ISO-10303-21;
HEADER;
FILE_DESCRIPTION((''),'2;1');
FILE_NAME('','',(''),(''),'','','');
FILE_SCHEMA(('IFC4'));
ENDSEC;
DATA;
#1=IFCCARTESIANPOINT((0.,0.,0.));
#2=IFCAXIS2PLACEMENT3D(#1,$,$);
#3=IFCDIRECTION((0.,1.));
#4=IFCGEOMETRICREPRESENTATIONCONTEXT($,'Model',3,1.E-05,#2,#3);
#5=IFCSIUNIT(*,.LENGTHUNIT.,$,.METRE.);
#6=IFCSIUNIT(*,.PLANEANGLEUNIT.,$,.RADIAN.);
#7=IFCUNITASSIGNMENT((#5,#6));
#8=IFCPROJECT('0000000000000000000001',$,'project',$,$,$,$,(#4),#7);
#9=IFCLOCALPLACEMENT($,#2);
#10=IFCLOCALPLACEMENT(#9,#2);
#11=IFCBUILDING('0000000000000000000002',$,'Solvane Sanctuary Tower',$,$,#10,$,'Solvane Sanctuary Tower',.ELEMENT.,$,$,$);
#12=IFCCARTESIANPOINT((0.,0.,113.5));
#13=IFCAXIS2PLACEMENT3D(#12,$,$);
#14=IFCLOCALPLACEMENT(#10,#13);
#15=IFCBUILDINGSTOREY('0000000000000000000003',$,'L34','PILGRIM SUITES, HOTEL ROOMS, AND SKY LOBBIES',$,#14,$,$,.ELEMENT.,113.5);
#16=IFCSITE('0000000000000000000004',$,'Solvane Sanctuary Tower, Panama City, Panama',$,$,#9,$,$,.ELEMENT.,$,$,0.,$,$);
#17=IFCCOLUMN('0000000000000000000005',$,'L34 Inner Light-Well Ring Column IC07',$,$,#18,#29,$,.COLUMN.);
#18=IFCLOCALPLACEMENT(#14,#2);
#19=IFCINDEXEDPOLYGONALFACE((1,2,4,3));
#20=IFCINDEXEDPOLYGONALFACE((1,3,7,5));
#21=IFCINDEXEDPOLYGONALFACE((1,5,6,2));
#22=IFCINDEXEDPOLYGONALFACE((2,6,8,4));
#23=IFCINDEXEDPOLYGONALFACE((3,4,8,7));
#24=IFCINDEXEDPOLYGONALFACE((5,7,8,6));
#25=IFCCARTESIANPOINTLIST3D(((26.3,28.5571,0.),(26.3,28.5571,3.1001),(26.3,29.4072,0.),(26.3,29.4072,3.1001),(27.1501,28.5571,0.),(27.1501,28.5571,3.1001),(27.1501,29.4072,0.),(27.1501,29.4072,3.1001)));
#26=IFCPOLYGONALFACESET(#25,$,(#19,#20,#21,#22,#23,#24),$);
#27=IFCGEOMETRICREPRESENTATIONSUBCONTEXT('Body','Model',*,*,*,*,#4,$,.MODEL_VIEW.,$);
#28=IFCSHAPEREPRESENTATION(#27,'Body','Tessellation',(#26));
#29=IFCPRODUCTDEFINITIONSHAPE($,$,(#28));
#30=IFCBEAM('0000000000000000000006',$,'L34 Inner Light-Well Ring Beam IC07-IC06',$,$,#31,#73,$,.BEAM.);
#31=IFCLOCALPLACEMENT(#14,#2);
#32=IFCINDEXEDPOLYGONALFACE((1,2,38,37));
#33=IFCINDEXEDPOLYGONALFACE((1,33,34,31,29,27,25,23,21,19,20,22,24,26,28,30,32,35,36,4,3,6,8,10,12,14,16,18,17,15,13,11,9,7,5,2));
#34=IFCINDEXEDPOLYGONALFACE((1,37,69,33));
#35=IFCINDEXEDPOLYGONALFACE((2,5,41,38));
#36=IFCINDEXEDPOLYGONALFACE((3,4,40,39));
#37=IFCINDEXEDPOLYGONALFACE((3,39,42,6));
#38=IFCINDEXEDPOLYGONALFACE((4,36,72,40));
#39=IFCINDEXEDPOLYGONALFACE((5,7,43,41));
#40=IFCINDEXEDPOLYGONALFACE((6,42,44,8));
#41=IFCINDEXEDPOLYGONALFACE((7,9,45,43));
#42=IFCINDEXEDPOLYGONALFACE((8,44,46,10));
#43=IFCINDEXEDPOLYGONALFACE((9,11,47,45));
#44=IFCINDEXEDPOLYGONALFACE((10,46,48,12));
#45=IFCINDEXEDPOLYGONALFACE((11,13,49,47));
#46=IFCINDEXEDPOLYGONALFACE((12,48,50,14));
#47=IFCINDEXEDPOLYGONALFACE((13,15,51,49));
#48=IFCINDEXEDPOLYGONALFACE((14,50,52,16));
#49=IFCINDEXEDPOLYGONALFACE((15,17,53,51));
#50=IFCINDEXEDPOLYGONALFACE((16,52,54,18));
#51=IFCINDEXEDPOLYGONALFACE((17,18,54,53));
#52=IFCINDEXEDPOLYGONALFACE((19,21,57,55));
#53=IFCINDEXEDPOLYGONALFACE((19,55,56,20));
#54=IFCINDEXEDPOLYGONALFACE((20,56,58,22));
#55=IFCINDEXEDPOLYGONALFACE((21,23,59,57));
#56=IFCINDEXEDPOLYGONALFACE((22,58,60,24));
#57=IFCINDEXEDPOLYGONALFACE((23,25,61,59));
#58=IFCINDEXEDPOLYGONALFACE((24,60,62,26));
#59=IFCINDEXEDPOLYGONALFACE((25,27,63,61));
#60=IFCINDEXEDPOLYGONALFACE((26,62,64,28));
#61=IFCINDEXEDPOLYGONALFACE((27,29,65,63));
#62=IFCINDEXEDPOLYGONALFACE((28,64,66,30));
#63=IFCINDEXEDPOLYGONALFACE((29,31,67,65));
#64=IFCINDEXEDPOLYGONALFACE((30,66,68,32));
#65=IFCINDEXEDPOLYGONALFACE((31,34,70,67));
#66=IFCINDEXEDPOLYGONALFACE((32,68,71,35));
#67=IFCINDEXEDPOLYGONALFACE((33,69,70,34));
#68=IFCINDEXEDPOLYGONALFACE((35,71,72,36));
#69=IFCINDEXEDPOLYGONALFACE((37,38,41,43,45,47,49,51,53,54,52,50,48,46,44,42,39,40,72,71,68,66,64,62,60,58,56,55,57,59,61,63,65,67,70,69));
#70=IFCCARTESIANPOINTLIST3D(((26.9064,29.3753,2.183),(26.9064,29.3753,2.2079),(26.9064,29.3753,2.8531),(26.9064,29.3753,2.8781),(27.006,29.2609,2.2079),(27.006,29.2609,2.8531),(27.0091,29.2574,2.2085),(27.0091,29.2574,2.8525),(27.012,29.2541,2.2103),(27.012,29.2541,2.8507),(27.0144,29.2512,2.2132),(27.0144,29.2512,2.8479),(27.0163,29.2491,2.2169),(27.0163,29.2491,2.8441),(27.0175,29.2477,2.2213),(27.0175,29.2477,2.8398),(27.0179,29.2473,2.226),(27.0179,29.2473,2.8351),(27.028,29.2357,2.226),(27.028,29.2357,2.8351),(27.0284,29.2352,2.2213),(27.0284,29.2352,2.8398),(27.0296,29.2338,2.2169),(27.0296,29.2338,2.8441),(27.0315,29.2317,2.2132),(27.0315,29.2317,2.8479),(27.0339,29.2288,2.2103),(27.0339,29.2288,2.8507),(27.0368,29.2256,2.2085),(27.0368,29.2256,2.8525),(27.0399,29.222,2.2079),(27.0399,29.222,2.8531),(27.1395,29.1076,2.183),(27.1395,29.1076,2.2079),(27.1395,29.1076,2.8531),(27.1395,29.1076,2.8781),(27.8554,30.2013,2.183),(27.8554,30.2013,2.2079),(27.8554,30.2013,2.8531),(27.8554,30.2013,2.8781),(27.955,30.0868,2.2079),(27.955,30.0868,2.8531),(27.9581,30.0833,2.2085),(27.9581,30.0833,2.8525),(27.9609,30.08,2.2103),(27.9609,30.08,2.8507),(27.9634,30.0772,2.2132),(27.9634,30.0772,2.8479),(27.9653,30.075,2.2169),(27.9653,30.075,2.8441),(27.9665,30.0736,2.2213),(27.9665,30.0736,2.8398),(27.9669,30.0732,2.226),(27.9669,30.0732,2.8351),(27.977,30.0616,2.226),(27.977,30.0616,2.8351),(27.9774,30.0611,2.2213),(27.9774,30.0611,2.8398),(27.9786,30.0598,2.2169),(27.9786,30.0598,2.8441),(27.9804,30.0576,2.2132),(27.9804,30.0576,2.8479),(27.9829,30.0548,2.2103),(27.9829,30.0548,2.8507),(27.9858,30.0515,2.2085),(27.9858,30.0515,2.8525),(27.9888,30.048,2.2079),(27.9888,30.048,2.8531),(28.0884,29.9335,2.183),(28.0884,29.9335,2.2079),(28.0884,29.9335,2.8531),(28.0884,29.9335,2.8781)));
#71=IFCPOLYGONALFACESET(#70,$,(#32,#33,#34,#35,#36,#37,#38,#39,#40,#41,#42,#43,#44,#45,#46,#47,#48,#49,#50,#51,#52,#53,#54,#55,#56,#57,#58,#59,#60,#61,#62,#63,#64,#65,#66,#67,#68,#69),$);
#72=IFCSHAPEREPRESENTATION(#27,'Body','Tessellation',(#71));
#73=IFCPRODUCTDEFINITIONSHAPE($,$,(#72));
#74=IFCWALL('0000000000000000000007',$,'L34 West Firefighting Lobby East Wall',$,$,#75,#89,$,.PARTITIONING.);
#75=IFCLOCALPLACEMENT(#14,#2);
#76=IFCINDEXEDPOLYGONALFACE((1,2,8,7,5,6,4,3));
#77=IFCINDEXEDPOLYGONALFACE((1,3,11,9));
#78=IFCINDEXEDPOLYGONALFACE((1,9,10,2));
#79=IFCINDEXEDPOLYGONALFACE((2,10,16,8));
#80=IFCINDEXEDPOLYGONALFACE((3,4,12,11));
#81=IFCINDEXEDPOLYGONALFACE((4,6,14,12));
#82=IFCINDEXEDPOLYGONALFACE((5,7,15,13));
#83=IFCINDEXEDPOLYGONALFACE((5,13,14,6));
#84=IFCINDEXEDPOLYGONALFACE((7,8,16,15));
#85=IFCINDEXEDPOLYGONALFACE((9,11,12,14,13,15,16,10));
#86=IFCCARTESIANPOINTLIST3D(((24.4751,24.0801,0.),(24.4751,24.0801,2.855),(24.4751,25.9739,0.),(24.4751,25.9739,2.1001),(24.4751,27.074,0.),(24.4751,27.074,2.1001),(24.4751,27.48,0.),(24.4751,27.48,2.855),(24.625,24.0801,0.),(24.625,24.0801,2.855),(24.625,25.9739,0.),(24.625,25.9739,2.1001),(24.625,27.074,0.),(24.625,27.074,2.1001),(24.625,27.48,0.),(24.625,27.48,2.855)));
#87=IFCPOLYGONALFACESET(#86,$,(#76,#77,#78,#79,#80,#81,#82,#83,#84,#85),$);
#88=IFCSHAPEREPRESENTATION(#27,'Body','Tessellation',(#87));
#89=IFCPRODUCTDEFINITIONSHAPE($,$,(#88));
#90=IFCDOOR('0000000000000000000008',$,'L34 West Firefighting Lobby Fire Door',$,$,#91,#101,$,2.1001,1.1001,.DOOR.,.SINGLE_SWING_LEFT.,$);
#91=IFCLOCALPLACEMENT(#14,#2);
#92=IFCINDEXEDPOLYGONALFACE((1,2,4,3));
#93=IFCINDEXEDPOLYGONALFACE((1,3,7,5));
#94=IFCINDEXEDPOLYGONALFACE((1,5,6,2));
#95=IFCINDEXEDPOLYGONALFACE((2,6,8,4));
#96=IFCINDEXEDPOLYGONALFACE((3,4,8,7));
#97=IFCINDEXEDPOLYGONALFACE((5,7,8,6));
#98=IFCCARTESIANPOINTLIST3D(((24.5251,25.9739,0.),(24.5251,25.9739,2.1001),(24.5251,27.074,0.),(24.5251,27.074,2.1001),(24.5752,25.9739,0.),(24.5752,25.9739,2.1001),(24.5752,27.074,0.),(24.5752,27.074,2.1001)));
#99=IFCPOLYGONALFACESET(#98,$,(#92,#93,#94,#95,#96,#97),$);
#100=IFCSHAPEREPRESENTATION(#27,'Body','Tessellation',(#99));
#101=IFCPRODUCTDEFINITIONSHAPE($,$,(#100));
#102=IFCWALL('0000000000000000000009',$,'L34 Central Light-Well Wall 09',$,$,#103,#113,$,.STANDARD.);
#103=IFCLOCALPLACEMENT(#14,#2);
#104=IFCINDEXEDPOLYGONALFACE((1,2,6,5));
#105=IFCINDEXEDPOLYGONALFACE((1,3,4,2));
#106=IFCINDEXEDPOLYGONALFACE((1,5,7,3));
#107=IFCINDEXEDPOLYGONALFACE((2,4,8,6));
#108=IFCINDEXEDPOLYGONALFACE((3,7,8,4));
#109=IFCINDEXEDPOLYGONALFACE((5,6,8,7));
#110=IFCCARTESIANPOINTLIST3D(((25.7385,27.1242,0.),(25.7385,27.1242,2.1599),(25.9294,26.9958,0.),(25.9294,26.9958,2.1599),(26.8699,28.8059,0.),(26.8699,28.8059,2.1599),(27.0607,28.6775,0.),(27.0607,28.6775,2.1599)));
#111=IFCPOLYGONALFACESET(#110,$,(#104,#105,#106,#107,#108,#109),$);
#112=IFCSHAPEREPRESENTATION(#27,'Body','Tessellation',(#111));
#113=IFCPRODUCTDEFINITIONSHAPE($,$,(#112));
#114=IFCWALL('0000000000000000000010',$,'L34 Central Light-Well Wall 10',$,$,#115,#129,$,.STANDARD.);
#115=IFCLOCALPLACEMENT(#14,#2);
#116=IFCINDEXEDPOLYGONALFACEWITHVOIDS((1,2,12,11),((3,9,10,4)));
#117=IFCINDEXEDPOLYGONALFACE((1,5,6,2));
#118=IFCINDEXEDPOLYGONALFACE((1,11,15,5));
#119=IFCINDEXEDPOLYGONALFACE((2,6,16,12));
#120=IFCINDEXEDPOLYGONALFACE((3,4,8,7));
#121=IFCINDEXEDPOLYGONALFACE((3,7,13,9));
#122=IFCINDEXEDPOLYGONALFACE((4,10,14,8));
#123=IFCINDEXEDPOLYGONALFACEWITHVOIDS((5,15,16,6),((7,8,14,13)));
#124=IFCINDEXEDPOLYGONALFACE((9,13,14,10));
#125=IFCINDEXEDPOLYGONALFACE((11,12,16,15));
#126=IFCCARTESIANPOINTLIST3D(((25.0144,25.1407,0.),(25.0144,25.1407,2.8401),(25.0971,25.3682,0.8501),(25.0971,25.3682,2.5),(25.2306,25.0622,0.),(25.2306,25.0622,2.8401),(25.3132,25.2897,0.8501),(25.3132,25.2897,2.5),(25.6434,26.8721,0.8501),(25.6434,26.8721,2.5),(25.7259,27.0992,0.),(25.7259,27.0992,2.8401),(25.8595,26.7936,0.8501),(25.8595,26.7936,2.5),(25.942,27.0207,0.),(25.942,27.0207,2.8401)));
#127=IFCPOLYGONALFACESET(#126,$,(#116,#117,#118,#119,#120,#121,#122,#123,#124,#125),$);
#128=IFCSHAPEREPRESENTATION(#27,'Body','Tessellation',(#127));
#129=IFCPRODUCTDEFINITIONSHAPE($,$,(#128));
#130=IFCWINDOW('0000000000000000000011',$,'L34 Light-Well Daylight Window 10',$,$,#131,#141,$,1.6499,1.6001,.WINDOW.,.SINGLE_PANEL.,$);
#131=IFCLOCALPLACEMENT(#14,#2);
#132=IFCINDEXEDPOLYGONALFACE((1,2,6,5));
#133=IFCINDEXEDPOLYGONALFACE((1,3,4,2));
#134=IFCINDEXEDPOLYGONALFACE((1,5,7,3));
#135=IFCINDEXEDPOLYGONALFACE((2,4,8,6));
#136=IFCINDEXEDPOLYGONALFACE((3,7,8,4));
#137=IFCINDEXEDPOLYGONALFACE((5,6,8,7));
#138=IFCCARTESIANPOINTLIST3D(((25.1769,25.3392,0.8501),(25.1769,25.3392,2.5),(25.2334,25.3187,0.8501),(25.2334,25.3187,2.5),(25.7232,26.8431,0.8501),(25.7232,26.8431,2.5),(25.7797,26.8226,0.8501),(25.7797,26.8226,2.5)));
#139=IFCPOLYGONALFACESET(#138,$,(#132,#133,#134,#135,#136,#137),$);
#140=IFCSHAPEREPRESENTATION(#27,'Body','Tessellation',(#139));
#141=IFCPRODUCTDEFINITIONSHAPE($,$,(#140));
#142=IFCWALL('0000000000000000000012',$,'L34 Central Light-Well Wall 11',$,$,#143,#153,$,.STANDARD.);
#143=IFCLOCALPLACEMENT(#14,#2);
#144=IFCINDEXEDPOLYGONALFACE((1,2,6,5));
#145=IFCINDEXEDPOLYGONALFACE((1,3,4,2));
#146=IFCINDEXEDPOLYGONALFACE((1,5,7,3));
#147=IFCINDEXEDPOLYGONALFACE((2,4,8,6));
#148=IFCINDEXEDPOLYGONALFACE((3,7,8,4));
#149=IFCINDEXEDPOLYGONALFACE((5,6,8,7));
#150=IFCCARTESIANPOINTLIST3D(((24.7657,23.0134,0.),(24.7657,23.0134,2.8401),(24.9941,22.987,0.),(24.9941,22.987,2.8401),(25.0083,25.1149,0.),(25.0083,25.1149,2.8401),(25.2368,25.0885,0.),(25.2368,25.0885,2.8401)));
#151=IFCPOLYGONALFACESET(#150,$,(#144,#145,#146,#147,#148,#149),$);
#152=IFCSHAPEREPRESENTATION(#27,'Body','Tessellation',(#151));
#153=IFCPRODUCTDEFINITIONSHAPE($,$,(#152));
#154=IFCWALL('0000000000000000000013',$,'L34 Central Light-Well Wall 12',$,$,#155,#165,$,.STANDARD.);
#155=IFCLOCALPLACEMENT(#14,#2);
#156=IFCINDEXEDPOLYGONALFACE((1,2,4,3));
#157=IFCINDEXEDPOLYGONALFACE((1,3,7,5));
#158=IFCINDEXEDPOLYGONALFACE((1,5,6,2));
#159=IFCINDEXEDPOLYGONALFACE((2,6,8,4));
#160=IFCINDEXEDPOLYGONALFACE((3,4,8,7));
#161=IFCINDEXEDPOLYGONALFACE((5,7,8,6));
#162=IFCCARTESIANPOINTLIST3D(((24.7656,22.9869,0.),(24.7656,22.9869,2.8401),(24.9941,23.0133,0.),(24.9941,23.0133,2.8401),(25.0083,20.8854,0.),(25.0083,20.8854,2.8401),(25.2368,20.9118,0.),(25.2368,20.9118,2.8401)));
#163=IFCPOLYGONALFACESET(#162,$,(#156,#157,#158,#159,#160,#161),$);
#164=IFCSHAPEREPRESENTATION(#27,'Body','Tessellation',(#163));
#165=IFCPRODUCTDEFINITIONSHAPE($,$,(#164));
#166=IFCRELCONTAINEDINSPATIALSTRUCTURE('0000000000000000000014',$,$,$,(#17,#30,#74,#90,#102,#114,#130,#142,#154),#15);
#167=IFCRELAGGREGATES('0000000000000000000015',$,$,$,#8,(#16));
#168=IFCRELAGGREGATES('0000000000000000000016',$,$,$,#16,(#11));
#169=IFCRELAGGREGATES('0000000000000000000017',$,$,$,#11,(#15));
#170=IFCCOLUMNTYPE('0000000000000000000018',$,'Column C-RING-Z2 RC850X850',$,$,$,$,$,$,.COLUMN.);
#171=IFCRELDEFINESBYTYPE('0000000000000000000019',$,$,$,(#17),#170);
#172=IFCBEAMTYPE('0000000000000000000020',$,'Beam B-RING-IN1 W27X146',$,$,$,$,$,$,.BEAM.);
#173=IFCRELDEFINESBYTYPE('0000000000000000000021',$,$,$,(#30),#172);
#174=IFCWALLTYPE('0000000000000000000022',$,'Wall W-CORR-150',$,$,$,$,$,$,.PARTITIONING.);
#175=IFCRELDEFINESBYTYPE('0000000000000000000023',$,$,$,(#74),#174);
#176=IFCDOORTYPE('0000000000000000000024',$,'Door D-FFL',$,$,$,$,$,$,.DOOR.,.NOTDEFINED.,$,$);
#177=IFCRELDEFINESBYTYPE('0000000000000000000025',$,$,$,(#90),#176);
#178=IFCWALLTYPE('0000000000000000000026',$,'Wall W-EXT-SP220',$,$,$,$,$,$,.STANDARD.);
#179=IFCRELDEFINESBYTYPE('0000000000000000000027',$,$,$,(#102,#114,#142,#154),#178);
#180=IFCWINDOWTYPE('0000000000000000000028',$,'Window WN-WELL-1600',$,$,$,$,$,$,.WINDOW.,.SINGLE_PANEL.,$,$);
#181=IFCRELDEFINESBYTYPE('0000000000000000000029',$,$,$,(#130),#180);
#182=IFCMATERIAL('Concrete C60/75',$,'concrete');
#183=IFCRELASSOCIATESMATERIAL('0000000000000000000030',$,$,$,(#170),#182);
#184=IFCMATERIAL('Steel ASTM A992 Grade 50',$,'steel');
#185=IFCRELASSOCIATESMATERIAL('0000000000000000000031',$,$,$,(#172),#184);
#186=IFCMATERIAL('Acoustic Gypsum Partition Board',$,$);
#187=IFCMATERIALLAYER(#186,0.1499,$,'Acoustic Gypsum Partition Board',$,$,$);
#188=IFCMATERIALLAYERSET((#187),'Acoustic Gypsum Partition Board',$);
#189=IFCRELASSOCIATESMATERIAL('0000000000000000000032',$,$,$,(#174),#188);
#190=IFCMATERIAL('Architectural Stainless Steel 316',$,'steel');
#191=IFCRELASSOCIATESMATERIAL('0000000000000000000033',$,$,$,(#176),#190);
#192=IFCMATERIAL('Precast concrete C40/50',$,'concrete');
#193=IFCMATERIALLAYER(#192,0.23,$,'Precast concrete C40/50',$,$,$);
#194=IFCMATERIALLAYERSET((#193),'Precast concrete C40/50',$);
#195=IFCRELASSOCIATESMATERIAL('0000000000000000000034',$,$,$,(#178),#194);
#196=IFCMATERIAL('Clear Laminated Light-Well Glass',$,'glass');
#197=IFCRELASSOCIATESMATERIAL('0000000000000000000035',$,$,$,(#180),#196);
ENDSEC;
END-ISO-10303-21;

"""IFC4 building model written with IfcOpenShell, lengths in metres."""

from ifc_helpers import new_model, si_unit, direction, frame, frame_2d, origin, origin_2d, place, context, subcontext, project, spatial, rectangle, i_section, extrude, material, layer, layer_set, material_profile, profile_set, type_object, element, fill, save


model = new_model("IFC4")

# Units and contexts
model_context = context("Model", 3, precision=1e-05, world=origin(), true_north=direction((0.0, 1.0)))
body_context = subcontext(model_context, "Body", "Model", "MODEL_VIEW")
ifc_project = project(units=[si_unit("LENGTHUNIT", "METRE"), si_unit("PLANEANGLEUNIT", "RADIAN")], contexts=[model_context])

# Site, building, storey
site_placement = place(None, origin())
site = spatial("IfcSite", under=ifc_project, at=site_placement, Name="Solvane Sanctuary Tower, Panama City, Panama", CompositionType="ELEMENT", RefElevation=0.0)
building_placement = place(site_placement, origin())
building = spatial("IfcBuilding", under=site, at=building_placement, Name="Solvane Sanctuary Tower", LongName="Solvane Sanctuary Tower", CompositionType="ELEMENT")
storey_placement = place(building_placement, frame((0.0, 0.0, 113.5)))
storey = spatial("IfcBuildingStorey", under=building, at=storey_placement, Name="L34", Description="PILGRIM SUITES, HOTEL ROOMS, AND SKY LOBBIES", CompositionType="ELEMENT", Elevation=113.5)

# Column
ifc_material_1 = material(Name="Concrete C60/75", Category="concrete")
ifc_material_profile_1 = material_profile(ifc_material_1, rectangle(XDim=0.8501, YDim=0.8501, at=origin_2d()), Name="RC850X850")
ifc_profile_set_1 = profile_set([ifc_material_profile_1], Name="Concrete C60/75")
column_type = type_object("IfcColumnType", Name="Column C-RING-Z2 RC850X850", PredefinedType="COLUMN", material=ifc_profile_set_1)
column_placement = place(storey_placement, frame((26.7251, 28.9822, 0.0), z_axis=(0.0, 0.0, 1.0), x_axis=(1.0, 0.0, 0.0)))
element("IfcColumn", 1, at=column_placement, inside=storey, type_object=column_type, Name="L34 Inner Light-Well Ring Column IC07", PredefinedType="COLUMN", context=body_context, shape_type="SweptSolid", body=[
    extrude(rectangle(XDim=0.8501, YDim=0.8501, at=origin_2d()), origin(), (0.0, 0.0, 1.0), 3.1001),
])

# Beam
ifc_material_2 = material(Name="Steel ASTM A992 Grade 50", Category="steel")
ifc_material_profile_2 = material_profile(ifc_material_2, i_section(OverallWidth=0.355, OverallDepth=0.6951, WebThickness=0.0154, FlangeThickness=0.0249, FilletRadius=0.0181, at=origin_2d()), Name="W27X146")
ifc_profile_set_2 = profile_set([ifc_material_profile_2], Name="Steel ASTM A992 Grade 50")
beam_type = type_object("IfcBeamType", Name="Beam B-RING-IN1 W27X146", PredefinedType="BEAM", material=ifc_profile_set_2)
beam_placement = place(storey_placement, frame((27.0229, 29.2415, 2.5305), z_axis=(0.754317, 0.65651, 0.0), x_axis=(-0.65651, 0.754317, 0.0)))
element("IfcBeam", 2, at=beam_placement, inside=storey, type_object=beam_type, Name="L34 Inner Light-Well Ring Beam IC07-IC06", PredefinedType="BEAM", context=body_context, shape_type="SweptSolid", body=[
    extrude(i_section(OverallWidth=0.355, OverallDepth=0.6951, WebThickness=0.0154, FlangeThickness=0.0249, FilletRadius=0.0181, at=origin_2d()), origin(), (0.0, 0.0, 1.0), 1.2581),
])

# Wall, opening, door
ifc_material_3 = material(Name="Acoustic Gypsum Partition Board")
ifc_layer_1 = layer(ifc_material_3, 0.1499, Name="Acoustic Gypsum Partition Board")
ifc_layer_set_1 = layer_set([ifc_layer_1], Name="Acoustic Gypsum Partition Board")
wall_type_1 = type_object("IfcWallType", Name="Wall W-CORR-150", PredefinedType="PARTITIONING", material=ifc_layer_set_1)
wall_1_placement = place(storey_placement, frame((24.55, 24.0801, 0.0), z_axis=(0.0, 0.0, 1.0), x_axis=(0.0, 1.0, 0.0)))
wall_1 = element("IfcWall", 3, at=wall_1_placement, inside=storey, type_object=wall_type_1, Name="L34 West Firefighting Lobby East Wall", PredefinedType="PARTITIONING", context=body_context, shape_type="SweptSolid", body=[
    extrude(rectangle(XDim=3.3999, YDim=0.1499, at=frame_2d((1.7, 0.0))), origin(), (0.0, 0.0, 1.0), 2.855),
])
opening_1_placement = place(wall_1_placement, frame((1.8938, 0.0, 0.0)))
opening_1 = element("IfcOpeningElement", 4, at=opening_1_placement, cuts=wall_1, PredefinedType="OPENING", context=body_context, shape_type="SweptSolid", body=[
    extrude(rectangle(XDim=1.1001, YDim=2.1001, at=frame_2d((0.55, 1.05))), frame((0.0, 0.085, 0.0), z_axis=(0.0, -1.0, 0.0), x_axis=(1.0, 0.0, 0.0)), (0.0, 0.0, 1.0), 0.1699),
])
ifc_material_4 = material(Name="Architectural Stainless Steel 316", Category="steel")
door_type_1 = type_object("IfcDoorType", Name="Door D-FFL", OperationType="NOTDEFINED", PredefinedType="DOOR", material=ifc_material_4)
door_1_placement = place(opening_1_placement, origin())
door_1 = element("IfcDoor", 5, at=door_1_placement, inside=storey, type_object=door_type_1, Name="L34 West Firefighting Lobby Fire Door", OperationType="SINGLE_SWING_LEFT", OverallHeight=2.1001, OverallWidth=1.1001, PredefinedType="DOOR", context=body_context, shape_type="SweptSolid", body=[
    extrude(rectangle(XDim=1.1001, YDim=2.1001, at=frame_2d((0.55, 1.05))), frame((0.0, 0.0249, 0.0), z_axis=(0.0, -1.0, 0.0), x_axis=(1.0, 0.0, 0.0)), (0.0, 0.0, 1.0), 0.05),
])
fill(opening_1, door_1)

# Wall
ifc_material_5 = material(Name="Precast concrete C40/50", Category="concrete")
ifc_layer_2 = layer(ifc_material_5, 0.23, Name="Precast concrete C40/50")
ifc_layer_set_2 = layer_set([ifc_layer_2], Name="Precast concrete C40/50")
wall_type_2 = type_object("IfcWallType", Name="Wall W-EXT-SP220", PredefinedType="STANDARD", material=ifc_layer_set_2)
wall_2_placement = place(storey_placement, frame((26.9653, 28.7417, 0.0), z_axis=(0.0, 0.0, 1.0), x_axis=(-0.558198, -0.829708, 0.0)))
element("IfcWall", 6, at=wall_2_placement, inside=storey, type_object=wall_type_2, Name="L34 Central Light-Well Wall 09", PredefinedType="STANDARD", context=body_context, shape_type="SweptSolid", body=[
    extrude(rectangle(XDim=2.0269, YDim=0.23, at=frame_2d((1.0134, 0.0))), origin(), (0.0, 0.0, 1.0), 2.1599),
])

# Wall, opening, window
wall_3_placement = place(storey_placement, frame((25.834, 27.0601, 0.0), z_axis=(0.0, 0.0, 1.0), x_axis=(-0.341423, -0.93991, 0.0)))
wall_3 = element("IfcWall", 7, at=wall_3_placement, inside=storey, type_object=wall_type_2, Name="L34 Central Light-Well Wall 10", PredefinedType="STANDARD", context=body_context, shape_type="SweptSolid", body=[
    extrude(rectangle(XDim=2.0837, YDim=0.23, at=frame_2d((1.042, 0.0))), origin(), (0.0, 0.0, 1.0), 2.8401),
])
opening_2_placement = place(wall_3_placement, frame((0.2417, 0.0, 0.8501)))
opening_2 = element("IfcOpeningElement", 8, at=opening_2_placement, cuts=wall_3, PredefinedType="OPENING", context=body_context, shape_type="SweptSolid", body=[
    extrude(rectangle(XDim=1.6001, YDim=1.6499, at=frame_2d((0.8, 0.825))), frame((0.0, 0.125, 0.0), z_axis=(0.0, -1.0, 0.0), x_axis=(1.0, 0.0, 0.0)), (0.0, 0.0, 1.0), 0.25),
])
ifc_material_6 = material(Name="Clear Laminated Light-Well Glass", Category="glass")
window_type = type_object("IfcWindowType", Name="Window WN-WELL-1600", PartitioningType="SINGLE_PANEL", PredefinedType="WINDOW", material=ifc_material_6)
window_placement = place(opening_2_placement, origin())
window = element("IfcWindow", 9, at=window_placement, inside=storey, type_object=window_type, Name="L34 Light-Well Daylight Window 10", OverallHeight=1.6499, OverallWidth=1.6001, PartitioningType="SINGLE_PANEL", PredefinedType="WINDOW", context=body_context, shape_type="SweptSolid", body=[
    extrude(rectangle(XDim=1.6001, YDim=1.6499, at=frame_2d((0.8, 0.825))), frame((0.0, 0.03, 0.0), z_axis=(0.0, -1.0, 0.0), x_axis=(1.0, 0.0, 0.0)), (0.0, 0.0, 1.0), 0.0601),
])
fill(opening_2, window)

# Walls
for number, where, z_axis, x_axis, name in (
    (10, (25.1226, 25.1016, 0.0), (0.0, 0.0, 1.0), (-0.114712, -0.993399, 0.0), "L34 Central Light-Well Wall 11"),
    (11, (24.8799, 23.0, 0.0), (0.0, 0.0, 1.0), (0.114712, -0.993399, 0.0), "L34 Central Light-Well Wall 12"),
):
    element("IfcWall", number, at=place(storey_placement, frame(where, z_axis=z_axis, x_axis=x_axis)), inside=storey, type_object=wall_type_2, Name=name, PredefinedType="STANDARD", context=body_context, shape_type="SweptSolid", body=[
        extrude(rectangle(XDim=2.1155, YDim=0.23, at=frame_2d((1.0576, 0.0))), origin(), (0.0, 0.0, 1.0), 2.8401),
    ])

save(model, "model.ifc")
